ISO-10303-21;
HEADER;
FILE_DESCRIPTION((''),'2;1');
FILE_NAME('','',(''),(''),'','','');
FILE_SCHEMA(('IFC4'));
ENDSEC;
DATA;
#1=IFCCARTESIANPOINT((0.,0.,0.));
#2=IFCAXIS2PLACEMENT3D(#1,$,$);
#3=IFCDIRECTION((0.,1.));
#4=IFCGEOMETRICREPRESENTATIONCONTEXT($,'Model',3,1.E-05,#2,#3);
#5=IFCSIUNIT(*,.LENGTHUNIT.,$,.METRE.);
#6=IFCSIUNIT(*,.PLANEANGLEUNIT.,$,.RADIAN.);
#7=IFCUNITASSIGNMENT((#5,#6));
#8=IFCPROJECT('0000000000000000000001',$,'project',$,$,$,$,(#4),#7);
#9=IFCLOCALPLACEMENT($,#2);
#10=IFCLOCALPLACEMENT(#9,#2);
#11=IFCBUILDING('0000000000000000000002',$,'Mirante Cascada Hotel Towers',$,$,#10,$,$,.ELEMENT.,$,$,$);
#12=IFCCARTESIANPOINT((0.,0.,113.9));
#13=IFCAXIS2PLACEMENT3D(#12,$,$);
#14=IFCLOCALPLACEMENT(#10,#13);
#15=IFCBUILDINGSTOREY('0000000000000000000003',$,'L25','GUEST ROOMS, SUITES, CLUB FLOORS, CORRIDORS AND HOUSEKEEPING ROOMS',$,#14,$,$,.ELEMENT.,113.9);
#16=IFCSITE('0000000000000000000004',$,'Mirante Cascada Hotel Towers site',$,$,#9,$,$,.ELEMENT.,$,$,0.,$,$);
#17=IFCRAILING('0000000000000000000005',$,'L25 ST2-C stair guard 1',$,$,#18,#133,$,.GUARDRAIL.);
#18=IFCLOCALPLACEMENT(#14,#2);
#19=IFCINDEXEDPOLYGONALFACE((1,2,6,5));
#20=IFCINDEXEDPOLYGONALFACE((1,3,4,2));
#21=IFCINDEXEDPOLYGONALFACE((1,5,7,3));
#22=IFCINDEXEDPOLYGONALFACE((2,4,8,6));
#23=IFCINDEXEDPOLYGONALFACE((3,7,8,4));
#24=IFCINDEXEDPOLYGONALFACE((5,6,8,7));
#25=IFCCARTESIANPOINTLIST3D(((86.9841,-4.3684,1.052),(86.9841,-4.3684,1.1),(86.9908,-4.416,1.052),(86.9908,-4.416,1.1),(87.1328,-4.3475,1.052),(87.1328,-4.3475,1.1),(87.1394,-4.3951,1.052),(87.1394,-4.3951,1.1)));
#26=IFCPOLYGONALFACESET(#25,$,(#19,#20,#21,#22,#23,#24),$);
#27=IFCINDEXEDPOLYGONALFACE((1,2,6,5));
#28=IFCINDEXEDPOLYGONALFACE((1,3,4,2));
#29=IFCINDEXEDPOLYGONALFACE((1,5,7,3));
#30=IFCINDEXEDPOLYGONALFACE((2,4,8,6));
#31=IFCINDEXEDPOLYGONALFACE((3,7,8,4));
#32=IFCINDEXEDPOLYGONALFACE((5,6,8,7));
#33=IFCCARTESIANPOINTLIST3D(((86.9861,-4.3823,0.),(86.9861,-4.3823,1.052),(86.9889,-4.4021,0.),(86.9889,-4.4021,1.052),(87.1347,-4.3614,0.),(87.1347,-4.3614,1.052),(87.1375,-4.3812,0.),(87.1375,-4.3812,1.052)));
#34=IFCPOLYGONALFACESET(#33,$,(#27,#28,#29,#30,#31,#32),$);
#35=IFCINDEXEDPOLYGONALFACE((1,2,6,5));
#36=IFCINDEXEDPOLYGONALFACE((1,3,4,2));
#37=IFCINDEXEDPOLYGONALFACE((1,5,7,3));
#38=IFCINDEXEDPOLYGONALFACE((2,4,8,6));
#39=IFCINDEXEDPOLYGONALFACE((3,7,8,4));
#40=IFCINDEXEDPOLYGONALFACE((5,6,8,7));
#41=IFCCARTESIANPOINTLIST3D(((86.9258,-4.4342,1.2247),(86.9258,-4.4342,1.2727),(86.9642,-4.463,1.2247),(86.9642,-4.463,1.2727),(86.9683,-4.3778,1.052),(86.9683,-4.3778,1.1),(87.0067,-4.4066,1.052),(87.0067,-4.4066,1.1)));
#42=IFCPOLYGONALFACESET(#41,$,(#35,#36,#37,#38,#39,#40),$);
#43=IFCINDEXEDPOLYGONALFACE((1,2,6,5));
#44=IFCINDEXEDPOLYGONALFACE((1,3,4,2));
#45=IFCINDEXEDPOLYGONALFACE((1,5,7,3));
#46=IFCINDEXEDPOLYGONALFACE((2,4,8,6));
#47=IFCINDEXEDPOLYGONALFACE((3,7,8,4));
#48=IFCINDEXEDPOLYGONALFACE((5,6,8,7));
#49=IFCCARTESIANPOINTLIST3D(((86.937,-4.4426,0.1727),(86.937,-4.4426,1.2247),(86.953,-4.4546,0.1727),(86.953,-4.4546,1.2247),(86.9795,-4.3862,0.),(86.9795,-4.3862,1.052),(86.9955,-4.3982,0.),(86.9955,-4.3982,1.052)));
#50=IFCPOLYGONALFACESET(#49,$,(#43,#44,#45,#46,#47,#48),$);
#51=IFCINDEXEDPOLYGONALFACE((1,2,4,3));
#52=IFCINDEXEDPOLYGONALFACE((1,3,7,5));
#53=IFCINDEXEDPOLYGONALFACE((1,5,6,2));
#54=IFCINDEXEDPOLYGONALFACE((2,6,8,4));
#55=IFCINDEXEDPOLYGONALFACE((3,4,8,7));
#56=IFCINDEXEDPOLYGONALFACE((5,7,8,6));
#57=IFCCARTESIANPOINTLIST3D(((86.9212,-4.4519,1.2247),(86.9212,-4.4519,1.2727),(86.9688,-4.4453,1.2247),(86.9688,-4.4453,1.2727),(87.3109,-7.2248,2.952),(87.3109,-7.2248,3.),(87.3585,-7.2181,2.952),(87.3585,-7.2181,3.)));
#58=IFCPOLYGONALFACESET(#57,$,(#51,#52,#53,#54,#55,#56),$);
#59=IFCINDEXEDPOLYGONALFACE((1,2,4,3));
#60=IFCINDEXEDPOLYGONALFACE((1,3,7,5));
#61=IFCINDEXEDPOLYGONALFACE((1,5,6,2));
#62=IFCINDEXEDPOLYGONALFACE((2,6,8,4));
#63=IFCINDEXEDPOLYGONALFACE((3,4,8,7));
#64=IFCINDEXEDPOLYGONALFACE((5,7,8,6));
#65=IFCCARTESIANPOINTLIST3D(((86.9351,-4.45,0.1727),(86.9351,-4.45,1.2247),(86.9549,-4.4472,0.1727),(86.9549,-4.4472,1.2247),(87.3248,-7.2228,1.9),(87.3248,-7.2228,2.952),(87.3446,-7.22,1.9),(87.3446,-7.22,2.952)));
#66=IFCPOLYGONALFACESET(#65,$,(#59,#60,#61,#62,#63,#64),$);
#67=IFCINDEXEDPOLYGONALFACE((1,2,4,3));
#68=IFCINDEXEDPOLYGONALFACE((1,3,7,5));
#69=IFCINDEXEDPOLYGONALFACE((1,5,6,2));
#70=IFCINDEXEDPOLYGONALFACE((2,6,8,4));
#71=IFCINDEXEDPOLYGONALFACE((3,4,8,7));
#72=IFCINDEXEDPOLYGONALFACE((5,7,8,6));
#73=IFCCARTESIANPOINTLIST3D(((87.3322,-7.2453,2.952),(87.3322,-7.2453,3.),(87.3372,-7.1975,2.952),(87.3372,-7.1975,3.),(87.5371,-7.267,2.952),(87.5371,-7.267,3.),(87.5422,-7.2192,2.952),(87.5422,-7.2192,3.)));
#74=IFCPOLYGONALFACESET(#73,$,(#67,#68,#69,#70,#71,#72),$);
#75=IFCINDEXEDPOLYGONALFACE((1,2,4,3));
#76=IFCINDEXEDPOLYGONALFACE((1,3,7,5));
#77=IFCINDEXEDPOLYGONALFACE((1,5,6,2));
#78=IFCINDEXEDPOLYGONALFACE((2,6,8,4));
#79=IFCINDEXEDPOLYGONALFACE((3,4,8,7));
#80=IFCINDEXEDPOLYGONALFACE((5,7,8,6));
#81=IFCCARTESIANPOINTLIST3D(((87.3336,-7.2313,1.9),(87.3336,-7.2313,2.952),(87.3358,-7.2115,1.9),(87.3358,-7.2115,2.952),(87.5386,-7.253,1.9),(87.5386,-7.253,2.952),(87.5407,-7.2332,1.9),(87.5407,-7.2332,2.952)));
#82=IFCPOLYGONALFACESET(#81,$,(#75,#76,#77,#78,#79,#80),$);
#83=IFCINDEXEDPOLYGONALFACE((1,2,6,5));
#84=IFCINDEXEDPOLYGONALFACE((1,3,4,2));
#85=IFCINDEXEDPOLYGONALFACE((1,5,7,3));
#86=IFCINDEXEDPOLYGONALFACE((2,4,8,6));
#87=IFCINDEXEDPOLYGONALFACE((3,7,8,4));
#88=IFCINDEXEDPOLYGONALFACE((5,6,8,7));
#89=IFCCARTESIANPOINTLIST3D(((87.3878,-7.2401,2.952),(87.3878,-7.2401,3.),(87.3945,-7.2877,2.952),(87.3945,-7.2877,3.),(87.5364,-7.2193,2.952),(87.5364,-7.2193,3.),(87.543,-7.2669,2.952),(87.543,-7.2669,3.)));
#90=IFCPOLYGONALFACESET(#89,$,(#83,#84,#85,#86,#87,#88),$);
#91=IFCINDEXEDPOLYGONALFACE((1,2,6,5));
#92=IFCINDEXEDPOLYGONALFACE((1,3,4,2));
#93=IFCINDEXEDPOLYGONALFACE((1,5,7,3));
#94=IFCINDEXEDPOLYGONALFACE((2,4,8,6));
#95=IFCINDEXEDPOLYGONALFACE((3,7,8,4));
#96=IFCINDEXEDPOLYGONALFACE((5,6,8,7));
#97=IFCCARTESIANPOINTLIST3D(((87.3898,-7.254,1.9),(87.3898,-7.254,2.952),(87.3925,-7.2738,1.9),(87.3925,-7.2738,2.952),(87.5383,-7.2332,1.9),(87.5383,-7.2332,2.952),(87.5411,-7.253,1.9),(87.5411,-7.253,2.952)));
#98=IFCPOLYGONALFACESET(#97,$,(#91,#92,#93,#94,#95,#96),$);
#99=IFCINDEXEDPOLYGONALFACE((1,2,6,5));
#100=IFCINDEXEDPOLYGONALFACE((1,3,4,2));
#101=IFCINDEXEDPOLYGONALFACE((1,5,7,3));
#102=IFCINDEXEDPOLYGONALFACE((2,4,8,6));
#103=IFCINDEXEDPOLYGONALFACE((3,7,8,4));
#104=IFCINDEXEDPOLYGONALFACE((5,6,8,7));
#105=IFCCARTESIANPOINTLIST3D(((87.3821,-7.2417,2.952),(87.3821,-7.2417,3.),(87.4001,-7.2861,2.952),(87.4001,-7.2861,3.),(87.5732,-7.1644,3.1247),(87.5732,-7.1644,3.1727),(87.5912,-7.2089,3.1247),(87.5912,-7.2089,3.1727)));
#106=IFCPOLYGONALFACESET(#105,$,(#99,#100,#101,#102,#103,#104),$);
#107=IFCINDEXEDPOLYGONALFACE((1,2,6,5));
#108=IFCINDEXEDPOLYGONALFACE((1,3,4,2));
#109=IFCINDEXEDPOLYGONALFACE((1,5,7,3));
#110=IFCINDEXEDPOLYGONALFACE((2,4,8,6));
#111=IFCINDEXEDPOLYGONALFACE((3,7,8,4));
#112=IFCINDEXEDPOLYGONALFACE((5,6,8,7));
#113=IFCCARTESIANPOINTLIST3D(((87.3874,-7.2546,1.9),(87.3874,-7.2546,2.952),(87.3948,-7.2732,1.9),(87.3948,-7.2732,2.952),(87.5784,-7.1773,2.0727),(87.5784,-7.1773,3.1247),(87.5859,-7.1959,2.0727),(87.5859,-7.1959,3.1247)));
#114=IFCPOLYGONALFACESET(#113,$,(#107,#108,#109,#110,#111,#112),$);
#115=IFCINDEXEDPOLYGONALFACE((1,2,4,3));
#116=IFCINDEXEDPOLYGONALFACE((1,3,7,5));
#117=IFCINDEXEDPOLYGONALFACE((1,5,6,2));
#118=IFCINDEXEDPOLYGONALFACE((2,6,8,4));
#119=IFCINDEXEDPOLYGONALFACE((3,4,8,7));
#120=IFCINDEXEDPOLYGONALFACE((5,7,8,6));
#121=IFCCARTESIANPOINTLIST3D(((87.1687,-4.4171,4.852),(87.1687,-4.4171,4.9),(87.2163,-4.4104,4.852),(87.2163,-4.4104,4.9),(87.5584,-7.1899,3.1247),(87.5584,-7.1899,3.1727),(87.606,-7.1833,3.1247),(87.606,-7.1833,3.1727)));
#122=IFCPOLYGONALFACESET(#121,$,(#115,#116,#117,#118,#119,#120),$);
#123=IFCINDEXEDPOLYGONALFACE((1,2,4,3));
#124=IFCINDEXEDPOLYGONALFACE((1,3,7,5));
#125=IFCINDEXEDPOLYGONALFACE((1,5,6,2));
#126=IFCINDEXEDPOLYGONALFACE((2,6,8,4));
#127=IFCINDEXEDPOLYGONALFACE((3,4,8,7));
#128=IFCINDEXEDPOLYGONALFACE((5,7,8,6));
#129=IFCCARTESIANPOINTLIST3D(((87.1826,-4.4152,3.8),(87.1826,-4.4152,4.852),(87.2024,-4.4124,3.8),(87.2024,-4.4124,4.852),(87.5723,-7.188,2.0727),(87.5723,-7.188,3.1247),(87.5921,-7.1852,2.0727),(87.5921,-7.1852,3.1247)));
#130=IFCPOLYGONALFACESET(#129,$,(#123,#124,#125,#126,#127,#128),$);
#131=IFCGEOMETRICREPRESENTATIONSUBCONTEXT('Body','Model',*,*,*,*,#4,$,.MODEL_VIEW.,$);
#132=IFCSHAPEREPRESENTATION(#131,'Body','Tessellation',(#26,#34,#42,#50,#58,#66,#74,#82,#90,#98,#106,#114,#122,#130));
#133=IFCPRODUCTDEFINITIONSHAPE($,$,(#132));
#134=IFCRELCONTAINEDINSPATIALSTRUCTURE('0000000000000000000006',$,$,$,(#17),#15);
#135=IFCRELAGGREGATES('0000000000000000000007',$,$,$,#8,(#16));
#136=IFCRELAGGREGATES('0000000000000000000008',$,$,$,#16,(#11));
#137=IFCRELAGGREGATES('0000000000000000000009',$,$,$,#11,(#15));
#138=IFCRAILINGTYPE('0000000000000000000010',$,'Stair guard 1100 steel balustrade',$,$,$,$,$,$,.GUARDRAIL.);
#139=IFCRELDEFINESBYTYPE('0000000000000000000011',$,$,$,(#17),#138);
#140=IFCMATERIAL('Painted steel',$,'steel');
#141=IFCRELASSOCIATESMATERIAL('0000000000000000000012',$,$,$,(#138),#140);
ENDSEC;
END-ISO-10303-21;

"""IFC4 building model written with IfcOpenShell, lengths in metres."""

from ifc_helpers import new_model, si_unit, direction, frame, origin, origin_2d, place, context, subcontext, project, spatial, rectangle, extrude, material, type_object, element, save


model = new_model("IFC4")

# Units and contexts
model_context = context("Model", 3, precision=1e-05, world=origin(), true_north=direction((0.0, 1.0)))
body_context = subcontext(model_context, "Body", "Model", "MODEL_VIEW")
ifc_project = project(units=[si_unit("LENGTHUNIT", "METRE"), si_unit("PLANEANGLEUNIT", "RADIAN")], contexts=[model_context])

# Site, building, storey
site_placement = place(None, origin())
site = spatial("IfcSite", under=ifc_project, at=site_placement, Name="Mirante Cascada Hotel Towers site", CompositionType="ELEMENT", RefElevation=0.0)
building_placement = place(site_placement, origin())
building = spatial("IfcBuilding", under=site, at=building_placement, Name="Mirante Cascada Hotel Towers", CompositionType="ELEMENT")
storey_placement = place(building_placement, frame((0.0, 0.0, 113.9)))
storey = spatial("IfcBuildingStorey", under=building, at=storey_placement, Name="L25", Description="GUEST ROOMS, SUITES, CLUB FLOORS, CORRIDORS AND HOUSEKEEPING ROOMS", CompositionType="ELEMENT", Elevation=113.9)

# Railing
ifc_material_1 = material(Name="Painted steel", Category="steel")
railing_type = type_object("IfcRailingType", Name="Stair guard 1100 steel balustrade", PredefinedType="GUARDRAIL", material=ifc_material_1)
railing_placement = place(storey_placement, frame((87.1361, -4.3713, 0.0)))
element("IfcRailing", 1, at=railing_placement, inside=storey, type_object=railing_type, Name="L25 ST2-C stair guard 1", PredefinedType="GUARDRAIL", context=body_context, shape_type="SweptSolid", body=[
    extrude(rectangle(XDim=0.048, YDim=0.048, at=origin_2d()), frame((0.0, 0.0, 1.076), z_axis=(-0.990254, -0.139275, 0.0), x_axis=(0.139275, -0.990254, 0.0)), (0.0, 0.0, 1.0), 0.1501),
    extrude(rectangle(XDim=0.02, YDim=1.052, at=origin_2d()), frame((0.0, 0.0, 0.526), z_axis=(-0.990254, -0.139275, 0.0), x_axis=(0.139275, -0.990254, 0.0)), (0.0, 0.0, 1.0), 0.1501),
    extrude(rectangle(XDim=0.048, YDim=0.048, at=origin_2d()), frame((-0.1486, -0.0209, 1.076), z_axis=(-0.601811, -0.798639, 0.0), x_axis=(0.798639, -0.601811, 0.0)), (0.0, 0.925603, 0.378496), 0.1866),
    extrude(rectangle(XDim=0.02, YDim=1.052, at=origin_2d()), frame((-0.1486, -0.0209, 0.526), z_axis=(-0.601811, -0.798639, 0.0), x_axis=(0.798639, -0.601811, 0.0)), (0.0, 0.925603, 0.378496), 0.1866),
    extrude(rectangle(XDim=0.048, YDim=0.048, at=origin_2d()), frame((-0.1911, -0.0773, 1.2487), z_axis=(0.139176, -0.990268, 0.0), x_axis=(0.990268, 0.139176, 0.0)), (0.0, 0.525021, 0.851089), 3.29),
    extrude(rectangle(XDim=0.02, YDim=1.052, at=origin_2d()), frame((-0.1911, -0.0773, 0.6987), z_axis=(0.139176, -0.990268, 0.0), x_axis=(0.990268, 0.139176, 0.0)), (0.0, 0.525021, 0.851089), 3.29),
    extrude(rectangle(XDim=0.048, YDim=0.048, at=origin_2d()), frame((0.1986, -2.8501, 2.976), z_axis=(0.994444, -0.105266, 0.0), x_axis=(0.105266, 0.994444, 0.0)), (0.0, 0.0, 1.0), 0.2061),
    extrude(rectangle(XDim=0.02, YDim=1.052, at=origin_2d()), frame((0.1986, -2.8501, 2.426), z_axis=(0.994444, -0.105266, 0.0), x_axis=(0.105266, 0.994444, 0.0)), (0.0, 0.0, 1.0), 0.2061),
    extrude(rectangle(XDim=0.048, YDim=0.048, at=origin_2d()), frame((0.4036, -2.8718, 2.976), z_axis=(-0.990345, -0.138622, 0.0), x_axis=(0.138622, -0.990345, 0.0)), (0.0, 0.0, 1.0), 0.15),
    extrude(rectangle(XDim=0.02, YDim=1.052, at=origin_2d()), frame((0.4036, -2.8718, 2.426), z_axis=(-0.990345, -0.138622, 0.0), x_axis=(0.138622, -0.990345, 0.0)), (0.0, 0.0, 1.0), 0.15),
    extrude(rectangle(XDim=0.048, YDim=0.048, at=origin_2d()), frame((0.255, -2.8926, 2.976), z_axis=(0.927031, 0.374984, 0.0), x_axis=(-0.374984, 0.927031, 0.0)), (0.0, 0.64219, 0.766545), 0.2689),
    extrude(rectangle(XDim=0.02, YDim=1.052, at=origin_2d()), frame((0.255, -2.8926, 2.426), z_axis=(0.927031, 0.374984, 0.0), x_axis=(-0.374984, 0.927031, 0.0)), (0.0, 0.64219, 0.766545), 0.2689),
    extrude(rectangle(XDim=0.048, YDim=0.048, at=origin_2d()), frame((0.4461, -2.8153, 3.1487), z_axis=(-0.139176, 0.990268, 0.0), x_axis=(-0.990268, -0.139176, 0.0)), (0.0, 0.525021, 0.851089), 3.29),
    extrude(rectangle(XDim=0.02, YDim=1.052, at=origin_2d()), frame((0.4461, -2.8153, 2.5987), z_axis=(-0.139176, 0.990268, 0.0), x_axis=(-0.990268, -0.139176, 0.0)), (0.0, 0.525021, 0.851089), 3.29),
])

save(model, "model.ifc")
